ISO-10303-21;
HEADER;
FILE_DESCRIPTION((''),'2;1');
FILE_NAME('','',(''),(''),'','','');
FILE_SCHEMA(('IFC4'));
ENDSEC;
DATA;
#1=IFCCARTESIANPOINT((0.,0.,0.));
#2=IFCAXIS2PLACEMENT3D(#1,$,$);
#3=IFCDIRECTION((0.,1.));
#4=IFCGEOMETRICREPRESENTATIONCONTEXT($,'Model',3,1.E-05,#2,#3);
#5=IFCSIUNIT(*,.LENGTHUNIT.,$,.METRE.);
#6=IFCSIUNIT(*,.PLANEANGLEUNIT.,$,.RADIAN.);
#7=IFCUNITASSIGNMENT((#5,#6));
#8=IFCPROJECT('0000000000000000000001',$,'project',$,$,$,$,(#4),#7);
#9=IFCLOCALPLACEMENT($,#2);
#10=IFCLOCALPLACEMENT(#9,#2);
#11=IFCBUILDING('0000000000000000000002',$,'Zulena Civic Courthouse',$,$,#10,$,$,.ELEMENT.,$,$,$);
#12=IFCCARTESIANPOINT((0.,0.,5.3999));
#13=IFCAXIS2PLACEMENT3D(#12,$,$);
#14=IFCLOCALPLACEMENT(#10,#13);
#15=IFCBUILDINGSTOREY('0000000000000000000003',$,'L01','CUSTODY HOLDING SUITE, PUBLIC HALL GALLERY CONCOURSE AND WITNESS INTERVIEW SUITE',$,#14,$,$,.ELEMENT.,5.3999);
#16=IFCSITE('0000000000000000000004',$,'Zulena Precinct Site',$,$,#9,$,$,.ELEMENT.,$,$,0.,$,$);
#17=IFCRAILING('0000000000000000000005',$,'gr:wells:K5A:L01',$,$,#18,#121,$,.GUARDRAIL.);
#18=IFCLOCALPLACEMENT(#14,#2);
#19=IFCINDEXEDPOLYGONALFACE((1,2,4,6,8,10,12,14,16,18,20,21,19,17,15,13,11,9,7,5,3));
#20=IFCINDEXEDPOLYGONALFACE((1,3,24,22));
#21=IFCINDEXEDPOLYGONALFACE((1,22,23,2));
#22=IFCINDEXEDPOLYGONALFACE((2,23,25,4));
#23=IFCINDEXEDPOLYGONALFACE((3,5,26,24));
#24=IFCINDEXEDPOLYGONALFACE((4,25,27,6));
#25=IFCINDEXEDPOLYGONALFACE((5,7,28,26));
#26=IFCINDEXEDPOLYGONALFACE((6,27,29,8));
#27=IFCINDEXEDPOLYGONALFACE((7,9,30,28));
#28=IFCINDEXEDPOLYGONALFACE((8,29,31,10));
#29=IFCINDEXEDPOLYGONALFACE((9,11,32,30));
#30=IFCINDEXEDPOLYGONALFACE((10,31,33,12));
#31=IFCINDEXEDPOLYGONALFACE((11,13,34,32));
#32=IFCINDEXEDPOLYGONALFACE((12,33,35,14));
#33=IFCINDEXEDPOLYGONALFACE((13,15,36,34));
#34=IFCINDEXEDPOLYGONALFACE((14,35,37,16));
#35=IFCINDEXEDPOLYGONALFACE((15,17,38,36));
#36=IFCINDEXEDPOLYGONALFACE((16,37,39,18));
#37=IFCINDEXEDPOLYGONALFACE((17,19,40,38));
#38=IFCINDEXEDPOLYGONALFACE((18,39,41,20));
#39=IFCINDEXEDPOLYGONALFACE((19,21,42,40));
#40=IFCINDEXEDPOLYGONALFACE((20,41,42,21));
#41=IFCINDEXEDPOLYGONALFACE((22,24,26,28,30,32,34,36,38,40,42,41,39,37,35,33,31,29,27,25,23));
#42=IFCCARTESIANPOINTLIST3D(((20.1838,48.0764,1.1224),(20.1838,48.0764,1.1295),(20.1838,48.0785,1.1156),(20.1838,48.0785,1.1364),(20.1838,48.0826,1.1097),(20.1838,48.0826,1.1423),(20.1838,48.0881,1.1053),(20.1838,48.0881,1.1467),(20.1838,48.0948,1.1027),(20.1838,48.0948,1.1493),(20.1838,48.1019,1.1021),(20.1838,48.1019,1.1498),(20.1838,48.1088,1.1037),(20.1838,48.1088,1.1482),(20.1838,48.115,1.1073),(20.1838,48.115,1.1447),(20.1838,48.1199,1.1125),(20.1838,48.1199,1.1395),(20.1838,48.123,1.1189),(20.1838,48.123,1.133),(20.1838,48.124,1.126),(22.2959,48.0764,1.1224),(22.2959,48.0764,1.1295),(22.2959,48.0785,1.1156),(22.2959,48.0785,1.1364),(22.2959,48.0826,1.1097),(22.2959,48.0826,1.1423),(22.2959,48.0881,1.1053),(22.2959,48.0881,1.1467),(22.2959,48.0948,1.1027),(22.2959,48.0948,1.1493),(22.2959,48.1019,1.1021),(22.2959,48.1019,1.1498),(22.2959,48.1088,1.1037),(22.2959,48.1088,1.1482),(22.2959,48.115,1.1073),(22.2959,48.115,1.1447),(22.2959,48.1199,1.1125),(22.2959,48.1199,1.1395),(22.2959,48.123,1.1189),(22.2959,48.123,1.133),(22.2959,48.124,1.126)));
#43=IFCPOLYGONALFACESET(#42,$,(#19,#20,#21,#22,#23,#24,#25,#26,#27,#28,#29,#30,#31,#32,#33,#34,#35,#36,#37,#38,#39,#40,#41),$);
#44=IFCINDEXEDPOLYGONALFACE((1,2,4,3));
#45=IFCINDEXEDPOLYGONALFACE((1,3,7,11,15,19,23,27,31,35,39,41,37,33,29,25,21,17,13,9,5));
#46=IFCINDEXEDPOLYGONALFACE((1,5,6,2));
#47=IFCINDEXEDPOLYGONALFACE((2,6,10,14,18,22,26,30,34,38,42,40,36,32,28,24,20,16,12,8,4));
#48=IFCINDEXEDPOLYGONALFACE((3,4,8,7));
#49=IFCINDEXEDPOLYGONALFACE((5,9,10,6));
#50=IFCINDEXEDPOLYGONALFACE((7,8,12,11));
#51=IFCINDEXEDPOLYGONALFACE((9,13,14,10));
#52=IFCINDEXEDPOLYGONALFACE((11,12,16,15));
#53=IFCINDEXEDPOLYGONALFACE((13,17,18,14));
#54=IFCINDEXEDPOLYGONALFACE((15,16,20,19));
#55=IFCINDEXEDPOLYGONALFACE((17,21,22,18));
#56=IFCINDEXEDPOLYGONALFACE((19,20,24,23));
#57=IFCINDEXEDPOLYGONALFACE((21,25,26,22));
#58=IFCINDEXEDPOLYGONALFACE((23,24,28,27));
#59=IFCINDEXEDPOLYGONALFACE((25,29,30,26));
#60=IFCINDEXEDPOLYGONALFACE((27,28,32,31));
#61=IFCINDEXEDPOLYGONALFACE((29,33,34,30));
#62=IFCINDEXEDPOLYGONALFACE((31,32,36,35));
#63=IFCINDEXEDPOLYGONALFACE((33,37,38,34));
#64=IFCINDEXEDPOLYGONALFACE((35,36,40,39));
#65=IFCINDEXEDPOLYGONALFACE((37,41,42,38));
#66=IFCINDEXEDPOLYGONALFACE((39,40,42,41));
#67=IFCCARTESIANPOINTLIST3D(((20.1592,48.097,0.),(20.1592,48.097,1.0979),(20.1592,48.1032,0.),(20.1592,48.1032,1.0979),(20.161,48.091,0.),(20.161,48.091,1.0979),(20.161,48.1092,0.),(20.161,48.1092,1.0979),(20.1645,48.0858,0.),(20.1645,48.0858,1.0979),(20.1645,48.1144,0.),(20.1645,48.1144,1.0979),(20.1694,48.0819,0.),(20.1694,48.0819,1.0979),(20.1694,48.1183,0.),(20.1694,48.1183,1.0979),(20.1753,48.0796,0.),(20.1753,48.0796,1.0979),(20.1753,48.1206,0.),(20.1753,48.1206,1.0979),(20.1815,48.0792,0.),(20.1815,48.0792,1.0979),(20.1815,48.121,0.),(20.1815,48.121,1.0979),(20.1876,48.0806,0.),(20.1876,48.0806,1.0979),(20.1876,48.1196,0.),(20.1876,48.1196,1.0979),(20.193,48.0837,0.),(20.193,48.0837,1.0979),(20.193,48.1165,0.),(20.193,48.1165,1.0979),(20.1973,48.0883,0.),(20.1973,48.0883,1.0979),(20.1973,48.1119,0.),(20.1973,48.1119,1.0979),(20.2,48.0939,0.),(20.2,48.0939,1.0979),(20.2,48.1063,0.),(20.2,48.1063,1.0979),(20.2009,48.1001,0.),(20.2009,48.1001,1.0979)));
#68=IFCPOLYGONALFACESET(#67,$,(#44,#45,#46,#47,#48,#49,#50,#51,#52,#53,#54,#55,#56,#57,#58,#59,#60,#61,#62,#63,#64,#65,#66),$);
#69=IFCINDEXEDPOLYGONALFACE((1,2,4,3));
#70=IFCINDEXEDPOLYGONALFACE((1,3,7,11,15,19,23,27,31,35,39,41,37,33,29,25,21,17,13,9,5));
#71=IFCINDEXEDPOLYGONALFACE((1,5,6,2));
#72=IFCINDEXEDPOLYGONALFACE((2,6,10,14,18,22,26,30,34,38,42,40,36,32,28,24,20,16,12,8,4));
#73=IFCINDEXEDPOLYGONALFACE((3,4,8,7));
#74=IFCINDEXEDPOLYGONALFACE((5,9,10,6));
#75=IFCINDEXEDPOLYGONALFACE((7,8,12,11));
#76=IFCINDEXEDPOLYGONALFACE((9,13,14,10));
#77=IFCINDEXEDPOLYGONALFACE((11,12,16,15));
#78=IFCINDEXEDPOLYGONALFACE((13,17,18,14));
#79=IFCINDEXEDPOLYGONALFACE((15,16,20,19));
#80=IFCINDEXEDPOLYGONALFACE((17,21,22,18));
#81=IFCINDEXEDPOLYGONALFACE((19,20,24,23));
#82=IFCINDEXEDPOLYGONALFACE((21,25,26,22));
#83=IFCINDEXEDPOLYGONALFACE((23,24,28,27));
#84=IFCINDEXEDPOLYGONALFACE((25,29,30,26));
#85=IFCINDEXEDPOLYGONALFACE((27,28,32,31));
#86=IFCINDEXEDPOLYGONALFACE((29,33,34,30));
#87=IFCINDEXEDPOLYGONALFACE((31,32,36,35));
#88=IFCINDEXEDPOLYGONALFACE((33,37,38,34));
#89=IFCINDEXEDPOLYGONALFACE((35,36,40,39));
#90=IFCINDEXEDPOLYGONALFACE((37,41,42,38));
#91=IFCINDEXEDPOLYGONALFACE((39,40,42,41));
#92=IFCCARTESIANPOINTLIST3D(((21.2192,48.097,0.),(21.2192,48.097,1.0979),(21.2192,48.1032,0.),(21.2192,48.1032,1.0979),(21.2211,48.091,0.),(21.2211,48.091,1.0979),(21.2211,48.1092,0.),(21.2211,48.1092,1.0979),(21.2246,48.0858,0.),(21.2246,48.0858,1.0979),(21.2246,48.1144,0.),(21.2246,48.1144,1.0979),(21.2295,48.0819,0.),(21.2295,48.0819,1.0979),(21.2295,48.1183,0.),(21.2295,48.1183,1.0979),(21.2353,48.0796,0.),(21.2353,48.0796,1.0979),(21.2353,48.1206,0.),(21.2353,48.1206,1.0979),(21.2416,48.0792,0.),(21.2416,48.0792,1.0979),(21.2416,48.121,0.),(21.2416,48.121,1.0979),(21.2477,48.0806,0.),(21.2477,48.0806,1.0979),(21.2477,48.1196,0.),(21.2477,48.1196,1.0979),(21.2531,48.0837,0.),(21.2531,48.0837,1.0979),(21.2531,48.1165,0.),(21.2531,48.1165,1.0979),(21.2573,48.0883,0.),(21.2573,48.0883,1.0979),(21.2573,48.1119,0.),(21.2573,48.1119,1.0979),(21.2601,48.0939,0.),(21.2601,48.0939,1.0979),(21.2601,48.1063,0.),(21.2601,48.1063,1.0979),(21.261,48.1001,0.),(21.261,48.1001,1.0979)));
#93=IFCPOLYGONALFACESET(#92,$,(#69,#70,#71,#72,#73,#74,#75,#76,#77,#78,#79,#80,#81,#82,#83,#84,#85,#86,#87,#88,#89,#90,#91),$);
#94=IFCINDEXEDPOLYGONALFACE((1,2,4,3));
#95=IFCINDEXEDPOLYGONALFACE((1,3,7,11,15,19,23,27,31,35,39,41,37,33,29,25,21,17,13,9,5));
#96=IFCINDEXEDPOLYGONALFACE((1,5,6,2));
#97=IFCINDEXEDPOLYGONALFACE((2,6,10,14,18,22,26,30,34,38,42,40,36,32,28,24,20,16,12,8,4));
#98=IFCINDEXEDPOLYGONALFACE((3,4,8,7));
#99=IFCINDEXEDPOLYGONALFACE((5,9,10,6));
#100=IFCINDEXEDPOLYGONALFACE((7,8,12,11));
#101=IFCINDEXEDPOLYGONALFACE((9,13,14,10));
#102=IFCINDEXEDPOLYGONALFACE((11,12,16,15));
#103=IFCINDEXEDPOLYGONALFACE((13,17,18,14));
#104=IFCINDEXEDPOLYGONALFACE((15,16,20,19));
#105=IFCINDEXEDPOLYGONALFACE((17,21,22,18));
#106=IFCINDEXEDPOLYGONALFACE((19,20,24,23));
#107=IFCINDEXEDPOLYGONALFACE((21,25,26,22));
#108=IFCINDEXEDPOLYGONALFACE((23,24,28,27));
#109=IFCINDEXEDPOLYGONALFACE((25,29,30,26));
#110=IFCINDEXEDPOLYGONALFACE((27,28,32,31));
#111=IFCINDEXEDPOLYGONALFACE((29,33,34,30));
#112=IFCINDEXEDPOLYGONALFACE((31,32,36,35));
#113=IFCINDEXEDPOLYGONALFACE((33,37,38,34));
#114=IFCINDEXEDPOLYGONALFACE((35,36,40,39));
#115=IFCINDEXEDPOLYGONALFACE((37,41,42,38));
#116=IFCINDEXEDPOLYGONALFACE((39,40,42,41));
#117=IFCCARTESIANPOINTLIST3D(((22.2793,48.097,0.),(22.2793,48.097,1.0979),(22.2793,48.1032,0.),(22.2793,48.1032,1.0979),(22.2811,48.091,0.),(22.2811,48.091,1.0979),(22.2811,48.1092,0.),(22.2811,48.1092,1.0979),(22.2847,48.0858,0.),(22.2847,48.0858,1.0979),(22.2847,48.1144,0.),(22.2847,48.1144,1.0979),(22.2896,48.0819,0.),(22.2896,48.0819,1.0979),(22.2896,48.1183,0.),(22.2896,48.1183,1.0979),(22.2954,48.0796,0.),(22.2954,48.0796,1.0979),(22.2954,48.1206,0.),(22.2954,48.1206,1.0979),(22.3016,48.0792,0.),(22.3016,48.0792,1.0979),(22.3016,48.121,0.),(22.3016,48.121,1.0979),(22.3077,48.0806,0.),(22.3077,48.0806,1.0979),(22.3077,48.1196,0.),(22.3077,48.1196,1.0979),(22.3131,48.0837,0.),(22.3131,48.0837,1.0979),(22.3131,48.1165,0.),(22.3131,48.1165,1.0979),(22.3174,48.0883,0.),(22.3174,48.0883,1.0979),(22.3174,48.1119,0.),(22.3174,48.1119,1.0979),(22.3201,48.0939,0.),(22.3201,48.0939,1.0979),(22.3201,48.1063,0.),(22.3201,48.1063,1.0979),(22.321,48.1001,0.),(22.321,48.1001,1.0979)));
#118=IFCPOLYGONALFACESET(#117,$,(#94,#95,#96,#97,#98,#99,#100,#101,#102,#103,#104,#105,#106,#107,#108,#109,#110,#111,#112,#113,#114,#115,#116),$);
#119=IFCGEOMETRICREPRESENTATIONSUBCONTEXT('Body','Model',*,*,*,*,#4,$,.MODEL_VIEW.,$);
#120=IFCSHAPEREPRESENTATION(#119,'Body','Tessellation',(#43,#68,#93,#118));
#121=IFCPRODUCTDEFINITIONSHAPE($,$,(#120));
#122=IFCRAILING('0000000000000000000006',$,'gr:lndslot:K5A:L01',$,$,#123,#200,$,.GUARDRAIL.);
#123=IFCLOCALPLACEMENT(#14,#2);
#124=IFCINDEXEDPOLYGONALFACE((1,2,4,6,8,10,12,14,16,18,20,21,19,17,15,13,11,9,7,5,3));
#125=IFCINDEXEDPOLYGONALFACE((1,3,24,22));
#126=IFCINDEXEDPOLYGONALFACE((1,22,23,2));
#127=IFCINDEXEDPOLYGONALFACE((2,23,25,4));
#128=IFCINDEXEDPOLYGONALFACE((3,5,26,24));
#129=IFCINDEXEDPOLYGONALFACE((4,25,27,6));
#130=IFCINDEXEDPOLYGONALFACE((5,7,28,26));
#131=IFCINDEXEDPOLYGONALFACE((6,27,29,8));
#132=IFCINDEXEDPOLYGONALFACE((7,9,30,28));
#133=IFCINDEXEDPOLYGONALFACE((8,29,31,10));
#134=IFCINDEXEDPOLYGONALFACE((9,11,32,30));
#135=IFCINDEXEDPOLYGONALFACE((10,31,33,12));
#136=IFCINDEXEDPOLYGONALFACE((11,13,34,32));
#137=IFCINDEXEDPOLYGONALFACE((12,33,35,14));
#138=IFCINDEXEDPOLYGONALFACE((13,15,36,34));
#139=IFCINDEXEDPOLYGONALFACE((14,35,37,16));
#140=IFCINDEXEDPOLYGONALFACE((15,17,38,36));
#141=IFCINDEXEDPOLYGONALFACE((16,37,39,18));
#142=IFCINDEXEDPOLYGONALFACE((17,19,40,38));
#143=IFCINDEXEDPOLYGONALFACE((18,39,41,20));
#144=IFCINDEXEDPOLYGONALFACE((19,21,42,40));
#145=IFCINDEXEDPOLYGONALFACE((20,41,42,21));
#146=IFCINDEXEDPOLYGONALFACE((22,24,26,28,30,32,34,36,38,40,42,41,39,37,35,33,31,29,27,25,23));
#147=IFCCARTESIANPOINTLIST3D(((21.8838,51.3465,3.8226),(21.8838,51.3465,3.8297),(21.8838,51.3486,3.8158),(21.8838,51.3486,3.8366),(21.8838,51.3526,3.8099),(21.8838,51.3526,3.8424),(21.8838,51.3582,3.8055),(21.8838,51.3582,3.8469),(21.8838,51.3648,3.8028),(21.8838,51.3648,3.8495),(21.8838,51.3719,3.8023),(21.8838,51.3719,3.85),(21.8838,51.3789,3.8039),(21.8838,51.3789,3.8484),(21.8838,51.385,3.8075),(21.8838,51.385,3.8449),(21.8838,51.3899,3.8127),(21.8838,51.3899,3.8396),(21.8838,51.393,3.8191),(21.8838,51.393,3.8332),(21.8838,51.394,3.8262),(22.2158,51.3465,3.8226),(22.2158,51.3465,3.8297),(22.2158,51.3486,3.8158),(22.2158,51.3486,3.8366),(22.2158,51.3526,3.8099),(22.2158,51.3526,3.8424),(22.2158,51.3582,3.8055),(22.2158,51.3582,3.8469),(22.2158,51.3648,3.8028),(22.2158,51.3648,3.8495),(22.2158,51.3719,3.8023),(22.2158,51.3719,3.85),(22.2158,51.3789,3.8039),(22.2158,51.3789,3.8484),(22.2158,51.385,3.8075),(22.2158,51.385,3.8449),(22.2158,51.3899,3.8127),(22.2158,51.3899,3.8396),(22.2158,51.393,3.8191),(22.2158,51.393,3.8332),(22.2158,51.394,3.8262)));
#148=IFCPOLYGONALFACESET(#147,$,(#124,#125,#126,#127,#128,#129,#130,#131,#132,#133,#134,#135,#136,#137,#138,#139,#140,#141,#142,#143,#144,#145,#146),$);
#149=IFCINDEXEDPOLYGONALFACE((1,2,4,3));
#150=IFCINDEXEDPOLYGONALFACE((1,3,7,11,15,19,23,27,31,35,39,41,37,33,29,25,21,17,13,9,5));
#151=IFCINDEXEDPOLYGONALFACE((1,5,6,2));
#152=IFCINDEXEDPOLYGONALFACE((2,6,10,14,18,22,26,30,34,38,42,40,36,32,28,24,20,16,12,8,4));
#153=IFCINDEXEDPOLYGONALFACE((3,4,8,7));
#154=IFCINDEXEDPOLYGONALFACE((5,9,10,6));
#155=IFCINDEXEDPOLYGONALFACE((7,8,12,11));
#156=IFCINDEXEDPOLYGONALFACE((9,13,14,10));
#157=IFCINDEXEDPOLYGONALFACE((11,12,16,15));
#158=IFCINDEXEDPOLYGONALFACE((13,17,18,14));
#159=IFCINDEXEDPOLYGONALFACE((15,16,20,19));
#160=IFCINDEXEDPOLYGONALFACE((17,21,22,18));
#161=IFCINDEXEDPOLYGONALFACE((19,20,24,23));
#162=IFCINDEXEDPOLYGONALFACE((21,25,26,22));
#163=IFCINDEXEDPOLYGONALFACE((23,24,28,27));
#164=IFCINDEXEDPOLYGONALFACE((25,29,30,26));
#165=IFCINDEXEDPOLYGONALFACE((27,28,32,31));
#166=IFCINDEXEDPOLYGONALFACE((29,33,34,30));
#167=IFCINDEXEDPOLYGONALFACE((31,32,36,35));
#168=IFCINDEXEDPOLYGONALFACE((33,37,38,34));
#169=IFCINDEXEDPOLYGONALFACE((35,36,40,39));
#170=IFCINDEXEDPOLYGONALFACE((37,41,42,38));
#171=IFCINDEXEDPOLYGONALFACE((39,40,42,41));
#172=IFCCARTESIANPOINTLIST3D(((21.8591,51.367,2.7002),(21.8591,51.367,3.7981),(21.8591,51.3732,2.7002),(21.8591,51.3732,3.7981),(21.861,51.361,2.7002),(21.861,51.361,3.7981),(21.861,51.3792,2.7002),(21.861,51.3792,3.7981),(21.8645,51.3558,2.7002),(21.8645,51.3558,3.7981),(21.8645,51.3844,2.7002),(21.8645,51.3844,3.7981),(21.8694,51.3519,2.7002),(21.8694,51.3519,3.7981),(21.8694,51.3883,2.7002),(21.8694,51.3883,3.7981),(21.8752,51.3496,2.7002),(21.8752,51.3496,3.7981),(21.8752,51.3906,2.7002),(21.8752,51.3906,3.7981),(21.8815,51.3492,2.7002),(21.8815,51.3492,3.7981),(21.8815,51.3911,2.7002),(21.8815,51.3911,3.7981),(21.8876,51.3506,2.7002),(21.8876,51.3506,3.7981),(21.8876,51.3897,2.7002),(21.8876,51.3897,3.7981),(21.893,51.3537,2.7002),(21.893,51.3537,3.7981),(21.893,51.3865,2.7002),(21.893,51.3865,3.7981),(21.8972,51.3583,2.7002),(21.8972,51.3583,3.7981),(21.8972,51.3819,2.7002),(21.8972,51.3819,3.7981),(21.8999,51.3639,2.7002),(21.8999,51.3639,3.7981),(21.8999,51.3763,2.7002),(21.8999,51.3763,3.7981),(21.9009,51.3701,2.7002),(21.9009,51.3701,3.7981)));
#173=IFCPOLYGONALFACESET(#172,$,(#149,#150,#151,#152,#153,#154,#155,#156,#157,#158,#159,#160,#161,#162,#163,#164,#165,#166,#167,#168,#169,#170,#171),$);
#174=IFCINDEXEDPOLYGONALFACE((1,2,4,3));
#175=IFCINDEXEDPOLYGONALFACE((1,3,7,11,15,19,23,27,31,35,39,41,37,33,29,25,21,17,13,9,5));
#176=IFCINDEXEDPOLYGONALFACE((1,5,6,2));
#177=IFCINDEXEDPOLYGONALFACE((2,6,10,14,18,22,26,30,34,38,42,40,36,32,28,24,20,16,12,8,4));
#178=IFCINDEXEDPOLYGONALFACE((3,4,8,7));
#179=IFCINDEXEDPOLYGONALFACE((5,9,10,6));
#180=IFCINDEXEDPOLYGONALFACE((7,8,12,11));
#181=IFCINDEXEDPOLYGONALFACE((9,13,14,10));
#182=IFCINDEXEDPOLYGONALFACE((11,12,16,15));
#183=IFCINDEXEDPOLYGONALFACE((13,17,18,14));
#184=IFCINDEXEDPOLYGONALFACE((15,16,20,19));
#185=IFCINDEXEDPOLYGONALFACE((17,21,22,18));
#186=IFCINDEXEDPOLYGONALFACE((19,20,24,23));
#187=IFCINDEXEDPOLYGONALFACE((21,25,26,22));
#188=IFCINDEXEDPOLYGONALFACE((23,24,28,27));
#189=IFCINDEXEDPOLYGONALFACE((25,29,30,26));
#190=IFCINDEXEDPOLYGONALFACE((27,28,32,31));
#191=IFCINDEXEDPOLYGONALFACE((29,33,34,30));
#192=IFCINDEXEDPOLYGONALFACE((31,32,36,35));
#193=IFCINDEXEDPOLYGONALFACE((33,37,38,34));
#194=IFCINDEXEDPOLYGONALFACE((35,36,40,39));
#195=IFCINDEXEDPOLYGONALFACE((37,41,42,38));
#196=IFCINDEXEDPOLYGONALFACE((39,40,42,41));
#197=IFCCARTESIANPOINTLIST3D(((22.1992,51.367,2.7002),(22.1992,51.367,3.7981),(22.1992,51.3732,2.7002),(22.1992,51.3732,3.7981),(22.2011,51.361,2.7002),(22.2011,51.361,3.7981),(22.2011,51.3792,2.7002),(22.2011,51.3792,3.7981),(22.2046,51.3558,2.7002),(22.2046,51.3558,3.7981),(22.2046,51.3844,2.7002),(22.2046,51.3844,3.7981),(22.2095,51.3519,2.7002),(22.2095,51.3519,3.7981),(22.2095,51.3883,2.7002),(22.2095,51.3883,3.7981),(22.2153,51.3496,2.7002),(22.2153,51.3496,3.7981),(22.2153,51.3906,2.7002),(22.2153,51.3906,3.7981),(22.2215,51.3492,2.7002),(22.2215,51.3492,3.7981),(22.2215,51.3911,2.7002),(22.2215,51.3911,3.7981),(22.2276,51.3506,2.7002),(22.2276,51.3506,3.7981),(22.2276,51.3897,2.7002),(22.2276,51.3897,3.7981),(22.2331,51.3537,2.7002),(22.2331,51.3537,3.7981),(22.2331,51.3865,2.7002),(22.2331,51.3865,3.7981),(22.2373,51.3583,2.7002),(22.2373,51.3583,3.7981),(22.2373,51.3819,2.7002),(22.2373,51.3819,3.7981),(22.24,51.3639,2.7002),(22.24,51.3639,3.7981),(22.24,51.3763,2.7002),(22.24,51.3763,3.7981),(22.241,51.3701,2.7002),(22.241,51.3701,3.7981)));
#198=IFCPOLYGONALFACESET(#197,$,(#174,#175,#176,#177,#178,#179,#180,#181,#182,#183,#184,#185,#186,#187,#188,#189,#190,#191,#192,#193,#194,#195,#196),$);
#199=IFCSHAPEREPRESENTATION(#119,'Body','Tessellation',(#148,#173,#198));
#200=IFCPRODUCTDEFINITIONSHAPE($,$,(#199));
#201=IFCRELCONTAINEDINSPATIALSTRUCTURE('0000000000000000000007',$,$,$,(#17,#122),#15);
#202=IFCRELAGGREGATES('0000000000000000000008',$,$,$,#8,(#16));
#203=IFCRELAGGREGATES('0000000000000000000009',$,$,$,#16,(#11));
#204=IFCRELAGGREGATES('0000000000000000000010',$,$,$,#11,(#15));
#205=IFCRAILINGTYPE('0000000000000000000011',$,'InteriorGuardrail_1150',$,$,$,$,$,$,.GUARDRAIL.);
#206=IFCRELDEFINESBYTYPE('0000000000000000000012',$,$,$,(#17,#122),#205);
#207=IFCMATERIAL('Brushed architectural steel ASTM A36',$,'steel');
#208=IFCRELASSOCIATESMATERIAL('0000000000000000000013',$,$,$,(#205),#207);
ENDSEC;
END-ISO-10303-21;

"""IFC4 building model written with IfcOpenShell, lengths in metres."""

from ifc_helpers import new_model, si_unit, direction, frame, origin, origin_2d, place, context, subcontext, project, spatial, circle, extrude, material, type_object, element, save


model = new_model("IFC4")

# Units and contexts
model_context = context("Model", 3, precision=1e-05, world=origin(), true_north=direction((0.0, 1.0)))
body_context = subcontext(model_context, "Body", "Model", "MODEL_VIEW")
ifc_project = project(units=[si_unit("LENGTHUNIT", "METRE"), si_unit("PLANEANGLEUNIT", "RADIAN")], contexts=[model_context])

# Site, building, storey
site_placement = place(None, origin())
site = spatial("IfcSite", under=ifc_project, at=site_placement, Name="Zulena Precinct Site", CompositionType="ELEMENT", RefElevation=0.0)
building_placement = place(site_placement, origin())
building = spatial("IfcBuilding", under=site, at=building_placement, Name="Zulena Civic Courthouse", CompositionType="ELEMENT")
storey_placement = place(building_placement, frame((0.0, 0.0, 5.3999)))
storey = spatial("IfcBuildingStorey", under=building, at=storey_placement, Name="L01", Description="CUSTODY HOLDING SUITE, PUBLIC HALL GALLERY CONCOURSE AND WITNESS INTERVIEW SUITE", CompositionType="ELEMENT", Elevation=5.3999)

# Railings
ifc_material_1 = material(Name="Brushed architectural steel ASTM A36", Category="steel")
railing_type_1 = type_object("IfcRailingType", Name="InteriorGuardrail_1150", PredefinedType="GUARDRAIL", material=ifc_material_1)
railing_1_placement = place(storey_placement, frame((20.1799, 48.1001, 0.0)))
element("IfcRailing", 1, at=railing_1_placement, inside=storey, type_object=railing_type_1, Name="gr:wells:K5A:L01", PredefinedType="GUARDRAIL", context=body_context, shape_type="SweptSolid", body=[
    extrude(circle(Radius=0.0239, at=origin_2d()), frame((0.0039, 0.0, 1.126), z_axis=(1.0, 0.0, 0.0), x_axis=(0.0, 1.0, 0.0)), (0.0, 0.0, 1.0), 2.1121),
    extrude(circle(Radius=0.021, at=origin_2d()), origin(), (0.0, 0.0, 1.0), 1.0979),
    extrude(circle(Radius=0.021, at=origin_2d()), frame((1.0601, 0.0, 0.0)), (0.0, 0.0, 1.0), 1.0979),
    extrude(circle(Radius=0.021, at=origin_2d()), frame((2.1201, 0.0, 0.0)), (0.0, 0.0, 1.0), 1.0979),
])
railing_2_placement = place(storey_placement, frame((21.8799, 51.3701, 2.7002)))
element("IfcRailing", 2, at=railing_2_placement, inside=storey, type_object=railing_type_1, Name="gr:lndslot:K5A:L01", PredefinedType="GUARDRAIL", context=body_context, shape_type="SweptSolid", body=[
    extrude(circle(Radius=0.0239, at=origin_2d()), frame((0.0039, 0.0, 1.126), z_axis=(1.0, 0.0, 0.0), x_axis=(0.0, 1.0, 0.0)), (0.0, 0.0, 1.0), 0.332),
    extrude(circle(Radius=0.021, at=origin_2d()), origin(), (0.0, 0.0, 1.0), 1.0979),
    extrude(circle(Radius=0.021, at=origin_2d()), frame((0.3401, 0.0, 0.0)), (0.0, 0.0, 1.0), 1.0979),
])

save(model, "model.ifc")
